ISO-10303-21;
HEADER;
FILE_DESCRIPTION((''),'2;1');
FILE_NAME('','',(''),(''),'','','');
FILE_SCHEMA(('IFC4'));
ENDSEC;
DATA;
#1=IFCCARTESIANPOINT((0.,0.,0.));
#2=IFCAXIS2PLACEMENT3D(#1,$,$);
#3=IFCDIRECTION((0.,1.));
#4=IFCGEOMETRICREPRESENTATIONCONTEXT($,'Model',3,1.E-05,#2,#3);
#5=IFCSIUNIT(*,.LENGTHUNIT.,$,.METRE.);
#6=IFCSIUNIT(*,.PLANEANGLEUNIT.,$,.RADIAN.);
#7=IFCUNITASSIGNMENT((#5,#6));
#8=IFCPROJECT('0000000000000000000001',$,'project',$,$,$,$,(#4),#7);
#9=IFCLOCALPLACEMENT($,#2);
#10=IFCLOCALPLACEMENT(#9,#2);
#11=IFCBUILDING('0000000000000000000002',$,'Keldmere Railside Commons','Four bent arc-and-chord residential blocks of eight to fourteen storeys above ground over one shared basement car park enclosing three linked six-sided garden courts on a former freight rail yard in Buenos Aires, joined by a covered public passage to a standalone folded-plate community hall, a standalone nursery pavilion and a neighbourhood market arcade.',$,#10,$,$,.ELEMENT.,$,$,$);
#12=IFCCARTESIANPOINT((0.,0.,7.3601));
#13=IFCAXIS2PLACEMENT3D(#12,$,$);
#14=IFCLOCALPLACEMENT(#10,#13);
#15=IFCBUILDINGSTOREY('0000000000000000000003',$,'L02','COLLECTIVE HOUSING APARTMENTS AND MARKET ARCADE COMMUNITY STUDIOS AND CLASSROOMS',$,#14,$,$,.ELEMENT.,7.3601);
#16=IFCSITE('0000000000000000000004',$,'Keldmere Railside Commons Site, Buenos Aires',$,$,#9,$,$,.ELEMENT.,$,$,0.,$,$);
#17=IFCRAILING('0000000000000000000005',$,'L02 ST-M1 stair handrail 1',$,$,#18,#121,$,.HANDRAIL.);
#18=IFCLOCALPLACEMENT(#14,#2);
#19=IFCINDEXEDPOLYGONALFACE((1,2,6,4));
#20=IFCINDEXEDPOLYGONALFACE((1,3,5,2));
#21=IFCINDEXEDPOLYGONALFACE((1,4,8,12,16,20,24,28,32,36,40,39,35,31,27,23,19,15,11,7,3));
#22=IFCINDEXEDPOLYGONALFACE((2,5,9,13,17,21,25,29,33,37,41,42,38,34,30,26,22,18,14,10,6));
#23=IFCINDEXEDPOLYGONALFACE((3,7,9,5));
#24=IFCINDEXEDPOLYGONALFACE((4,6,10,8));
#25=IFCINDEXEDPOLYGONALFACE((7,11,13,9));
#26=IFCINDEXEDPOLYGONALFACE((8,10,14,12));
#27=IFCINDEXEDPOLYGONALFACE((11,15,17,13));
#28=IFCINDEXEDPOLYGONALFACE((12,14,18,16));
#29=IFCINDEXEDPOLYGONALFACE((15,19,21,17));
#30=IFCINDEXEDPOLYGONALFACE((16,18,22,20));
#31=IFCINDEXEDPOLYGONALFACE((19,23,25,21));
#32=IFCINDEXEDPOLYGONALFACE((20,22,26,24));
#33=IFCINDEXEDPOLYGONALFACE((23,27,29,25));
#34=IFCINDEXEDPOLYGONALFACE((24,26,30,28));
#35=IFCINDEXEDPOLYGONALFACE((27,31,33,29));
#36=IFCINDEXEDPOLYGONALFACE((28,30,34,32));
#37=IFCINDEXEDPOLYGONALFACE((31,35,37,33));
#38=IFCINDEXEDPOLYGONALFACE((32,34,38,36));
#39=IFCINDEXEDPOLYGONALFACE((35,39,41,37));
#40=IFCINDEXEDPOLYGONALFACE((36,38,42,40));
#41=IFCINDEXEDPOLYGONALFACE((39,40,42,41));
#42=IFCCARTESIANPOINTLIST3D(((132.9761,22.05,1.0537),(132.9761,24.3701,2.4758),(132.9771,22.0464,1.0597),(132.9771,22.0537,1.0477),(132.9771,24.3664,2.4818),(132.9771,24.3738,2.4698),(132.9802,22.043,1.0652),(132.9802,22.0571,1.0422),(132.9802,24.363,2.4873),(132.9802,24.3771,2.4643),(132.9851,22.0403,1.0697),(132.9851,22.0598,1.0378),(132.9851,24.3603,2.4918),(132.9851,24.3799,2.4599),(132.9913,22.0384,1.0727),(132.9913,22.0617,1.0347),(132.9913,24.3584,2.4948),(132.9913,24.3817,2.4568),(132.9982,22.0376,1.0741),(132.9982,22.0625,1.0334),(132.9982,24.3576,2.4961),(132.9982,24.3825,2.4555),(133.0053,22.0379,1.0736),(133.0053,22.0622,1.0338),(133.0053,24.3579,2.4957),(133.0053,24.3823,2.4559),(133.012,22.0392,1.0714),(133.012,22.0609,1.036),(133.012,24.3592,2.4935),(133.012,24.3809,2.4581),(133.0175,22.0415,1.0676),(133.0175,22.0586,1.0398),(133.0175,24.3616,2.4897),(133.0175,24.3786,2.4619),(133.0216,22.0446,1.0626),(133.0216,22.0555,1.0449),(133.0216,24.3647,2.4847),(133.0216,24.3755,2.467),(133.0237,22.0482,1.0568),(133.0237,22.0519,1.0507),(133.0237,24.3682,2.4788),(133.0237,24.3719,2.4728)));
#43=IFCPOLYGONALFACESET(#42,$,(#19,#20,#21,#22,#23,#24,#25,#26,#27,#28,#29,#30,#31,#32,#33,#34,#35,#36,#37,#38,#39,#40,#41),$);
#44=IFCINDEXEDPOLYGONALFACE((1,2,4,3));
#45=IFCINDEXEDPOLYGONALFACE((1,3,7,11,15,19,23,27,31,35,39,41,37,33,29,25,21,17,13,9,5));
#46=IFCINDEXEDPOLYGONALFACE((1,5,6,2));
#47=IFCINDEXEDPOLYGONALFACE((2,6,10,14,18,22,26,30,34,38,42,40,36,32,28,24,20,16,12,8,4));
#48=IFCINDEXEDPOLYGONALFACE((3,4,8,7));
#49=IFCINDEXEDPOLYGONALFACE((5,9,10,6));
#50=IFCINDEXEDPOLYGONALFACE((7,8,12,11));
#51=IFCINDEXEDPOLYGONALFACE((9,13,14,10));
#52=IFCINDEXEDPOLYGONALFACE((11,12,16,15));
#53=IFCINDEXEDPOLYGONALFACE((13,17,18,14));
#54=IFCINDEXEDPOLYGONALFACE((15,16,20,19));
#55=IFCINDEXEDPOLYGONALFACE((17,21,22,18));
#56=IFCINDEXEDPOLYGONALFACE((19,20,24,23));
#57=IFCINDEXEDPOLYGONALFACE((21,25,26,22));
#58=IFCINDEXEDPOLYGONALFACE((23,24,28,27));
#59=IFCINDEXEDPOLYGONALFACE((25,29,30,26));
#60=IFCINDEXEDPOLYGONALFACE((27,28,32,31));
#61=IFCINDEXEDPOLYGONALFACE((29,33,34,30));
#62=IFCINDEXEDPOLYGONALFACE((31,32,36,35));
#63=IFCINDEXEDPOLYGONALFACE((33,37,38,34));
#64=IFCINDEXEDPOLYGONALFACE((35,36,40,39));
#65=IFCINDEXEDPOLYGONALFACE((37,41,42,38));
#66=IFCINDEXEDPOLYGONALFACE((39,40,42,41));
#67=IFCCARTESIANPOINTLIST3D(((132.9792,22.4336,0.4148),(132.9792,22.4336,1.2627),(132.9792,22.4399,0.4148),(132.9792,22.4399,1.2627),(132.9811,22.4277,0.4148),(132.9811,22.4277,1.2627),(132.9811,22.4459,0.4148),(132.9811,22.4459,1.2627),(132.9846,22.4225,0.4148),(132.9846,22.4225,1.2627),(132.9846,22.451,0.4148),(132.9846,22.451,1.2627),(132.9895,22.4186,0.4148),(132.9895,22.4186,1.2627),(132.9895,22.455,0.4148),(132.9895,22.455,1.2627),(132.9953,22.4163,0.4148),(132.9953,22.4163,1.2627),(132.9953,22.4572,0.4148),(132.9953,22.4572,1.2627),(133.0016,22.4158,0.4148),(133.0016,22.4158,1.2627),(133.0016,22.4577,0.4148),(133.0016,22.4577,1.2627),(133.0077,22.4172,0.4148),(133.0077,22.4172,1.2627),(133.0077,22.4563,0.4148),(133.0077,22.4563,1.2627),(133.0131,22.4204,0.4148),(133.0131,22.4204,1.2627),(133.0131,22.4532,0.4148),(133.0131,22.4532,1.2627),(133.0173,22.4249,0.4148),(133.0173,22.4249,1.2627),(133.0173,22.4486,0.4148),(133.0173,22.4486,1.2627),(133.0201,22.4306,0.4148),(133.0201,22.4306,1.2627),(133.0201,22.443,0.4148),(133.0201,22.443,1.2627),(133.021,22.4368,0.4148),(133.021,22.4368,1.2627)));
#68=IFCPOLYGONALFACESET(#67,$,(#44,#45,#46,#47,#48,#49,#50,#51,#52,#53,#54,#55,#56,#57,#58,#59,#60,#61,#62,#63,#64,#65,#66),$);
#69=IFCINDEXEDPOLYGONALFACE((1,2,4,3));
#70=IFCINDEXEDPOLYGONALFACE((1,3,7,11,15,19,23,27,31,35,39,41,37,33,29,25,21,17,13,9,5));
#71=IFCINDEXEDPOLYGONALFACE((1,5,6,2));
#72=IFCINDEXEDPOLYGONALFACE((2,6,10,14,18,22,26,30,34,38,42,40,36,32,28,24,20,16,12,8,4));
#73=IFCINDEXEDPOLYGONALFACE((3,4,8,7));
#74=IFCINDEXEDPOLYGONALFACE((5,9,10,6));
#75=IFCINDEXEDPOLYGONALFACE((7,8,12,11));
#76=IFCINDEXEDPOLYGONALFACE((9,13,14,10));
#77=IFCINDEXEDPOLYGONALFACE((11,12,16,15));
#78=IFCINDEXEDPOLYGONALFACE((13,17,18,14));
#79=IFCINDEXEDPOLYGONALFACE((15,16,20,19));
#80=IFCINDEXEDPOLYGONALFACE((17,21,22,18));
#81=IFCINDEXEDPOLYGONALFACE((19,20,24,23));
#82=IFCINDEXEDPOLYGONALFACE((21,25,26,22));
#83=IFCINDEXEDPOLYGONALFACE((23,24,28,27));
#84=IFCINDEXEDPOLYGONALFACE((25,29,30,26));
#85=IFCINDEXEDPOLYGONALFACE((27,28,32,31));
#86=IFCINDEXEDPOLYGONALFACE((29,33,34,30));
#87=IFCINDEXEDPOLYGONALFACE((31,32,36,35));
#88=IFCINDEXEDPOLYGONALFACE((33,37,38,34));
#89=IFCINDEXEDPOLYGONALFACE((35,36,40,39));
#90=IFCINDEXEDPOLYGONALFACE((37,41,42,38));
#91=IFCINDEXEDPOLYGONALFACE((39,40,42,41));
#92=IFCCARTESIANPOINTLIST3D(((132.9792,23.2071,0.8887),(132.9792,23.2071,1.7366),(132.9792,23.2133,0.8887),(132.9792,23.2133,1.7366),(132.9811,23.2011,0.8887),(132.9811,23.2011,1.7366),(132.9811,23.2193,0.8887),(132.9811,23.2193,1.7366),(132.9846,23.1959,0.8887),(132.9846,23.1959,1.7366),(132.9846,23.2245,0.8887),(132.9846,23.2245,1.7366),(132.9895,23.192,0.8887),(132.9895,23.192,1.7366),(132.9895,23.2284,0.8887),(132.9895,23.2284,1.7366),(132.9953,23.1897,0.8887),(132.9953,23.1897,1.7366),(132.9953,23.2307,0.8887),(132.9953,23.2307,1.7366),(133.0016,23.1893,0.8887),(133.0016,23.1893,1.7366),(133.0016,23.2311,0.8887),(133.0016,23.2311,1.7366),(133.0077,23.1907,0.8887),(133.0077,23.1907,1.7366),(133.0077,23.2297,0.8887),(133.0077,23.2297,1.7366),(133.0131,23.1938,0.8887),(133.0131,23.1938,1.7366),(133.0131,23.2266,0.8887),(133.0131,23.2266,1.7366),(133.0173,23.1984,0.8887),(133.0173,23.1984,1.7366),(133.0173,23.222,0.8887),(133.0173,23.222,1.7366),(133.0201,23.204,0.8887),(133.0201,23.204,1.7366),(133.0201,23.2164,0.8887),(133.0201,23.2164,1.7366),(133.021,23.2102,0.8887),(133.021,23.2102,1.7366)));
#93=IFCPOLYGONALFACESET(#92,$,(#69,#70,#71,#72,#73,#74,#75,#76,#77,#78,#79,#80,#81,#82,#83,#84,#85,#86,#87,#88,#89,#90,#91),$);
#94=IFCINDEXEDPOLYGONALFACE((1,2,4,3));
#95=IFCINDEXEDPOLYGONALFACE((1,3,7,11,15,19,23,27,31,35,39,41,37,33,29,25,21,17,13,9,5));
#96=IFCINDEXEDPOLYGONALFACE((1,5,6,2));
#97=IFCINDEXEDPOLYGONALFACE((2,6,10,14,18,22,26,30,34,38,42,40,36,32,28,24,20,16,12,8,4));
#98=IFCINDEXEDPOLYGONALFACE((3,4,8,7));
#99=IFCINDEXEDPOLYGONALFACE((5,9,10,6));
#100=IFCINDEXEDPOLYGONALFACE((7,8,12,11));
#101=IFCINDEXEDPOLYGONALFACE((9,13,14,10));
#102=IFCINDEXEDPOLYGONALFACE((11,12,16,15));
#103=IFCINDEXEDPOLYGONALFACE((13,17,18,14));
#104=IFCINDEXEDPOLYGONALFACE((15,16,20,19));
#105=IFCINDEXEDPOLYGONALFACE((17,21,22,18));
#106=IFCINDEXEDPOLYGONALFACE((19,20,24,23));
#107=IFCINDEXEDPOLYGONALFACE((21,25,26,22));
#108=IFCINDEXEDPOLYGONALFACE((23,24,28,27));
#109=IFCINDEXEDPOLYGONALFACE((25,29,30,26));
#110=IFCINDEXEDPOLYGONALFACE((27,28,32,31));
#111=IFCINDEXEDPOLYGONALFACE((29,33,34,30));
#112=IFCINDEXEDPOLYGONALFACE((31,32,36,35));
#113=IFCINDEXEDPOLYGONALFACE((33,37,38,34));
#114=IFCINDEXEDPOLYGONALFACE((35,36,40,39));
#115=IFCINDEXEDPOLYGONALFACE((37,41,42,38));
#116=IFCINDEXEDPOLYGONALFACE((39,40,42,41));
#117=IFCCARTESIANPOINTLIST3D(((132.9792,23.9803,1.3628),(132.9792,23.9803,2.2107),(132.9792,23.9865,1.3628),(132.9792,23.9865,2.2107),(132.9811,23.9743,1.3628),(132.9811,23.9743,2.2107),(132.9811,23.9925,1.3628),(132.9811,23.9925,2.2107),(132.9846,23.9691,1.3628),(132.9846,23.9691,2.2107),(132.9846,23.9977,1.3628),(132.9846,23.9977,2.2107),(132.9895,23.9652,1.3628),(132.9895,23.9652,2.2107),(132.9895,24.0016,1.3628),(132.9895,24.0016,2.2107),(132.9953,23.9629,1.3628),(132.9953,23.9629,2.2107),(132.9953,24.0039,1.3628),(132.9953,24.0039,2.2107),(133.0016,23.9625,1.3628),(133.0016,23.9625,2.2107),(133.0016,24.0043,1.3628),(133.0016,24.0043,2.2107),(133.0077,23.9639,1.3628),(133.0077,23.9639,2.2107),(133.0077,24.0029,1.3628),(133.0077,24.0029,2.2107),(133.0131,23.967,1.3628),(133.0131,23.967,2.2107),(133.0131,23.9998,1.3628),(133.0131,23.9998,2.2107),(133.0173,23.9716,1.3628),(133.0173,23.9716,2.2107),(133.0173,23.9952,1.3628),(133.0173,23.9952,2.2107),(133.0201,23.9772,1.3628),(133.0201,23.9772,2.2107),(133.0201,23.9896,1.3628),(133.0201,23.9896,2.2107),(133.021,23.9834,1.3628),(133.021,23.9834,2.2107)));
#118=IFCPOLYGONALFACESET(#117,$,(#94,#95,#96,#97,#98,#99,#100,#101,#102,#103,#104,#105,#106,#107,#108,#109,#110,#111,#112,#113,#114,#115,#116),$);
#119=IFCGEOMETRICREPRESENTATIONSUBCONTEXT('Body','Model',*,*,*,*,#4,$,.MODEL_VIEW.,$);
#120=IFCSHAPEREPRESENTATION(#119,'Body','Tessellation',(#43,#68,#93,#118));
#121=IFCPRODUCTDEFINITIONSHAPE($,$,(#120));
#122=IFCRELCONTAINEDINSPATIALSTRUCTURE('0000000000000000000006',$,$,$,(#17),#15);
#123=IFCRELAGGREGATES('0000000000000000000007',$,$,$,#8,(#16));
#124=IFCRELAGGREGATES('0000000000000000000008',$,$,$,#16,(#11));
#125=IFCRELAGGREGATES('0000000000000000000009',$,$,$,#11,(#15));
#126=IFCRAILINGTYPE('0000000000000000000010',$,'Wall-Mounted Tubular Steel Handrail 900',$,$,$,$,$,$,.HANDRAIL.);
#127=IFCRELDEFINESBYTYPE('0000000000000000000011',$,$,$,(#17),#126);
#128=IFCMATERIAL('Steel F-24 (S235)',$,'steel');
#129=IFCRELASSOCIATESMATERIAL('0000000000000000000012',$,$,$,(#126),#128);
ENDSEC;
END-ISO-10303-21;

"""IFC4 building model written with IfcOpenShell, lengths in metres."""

from ifc_helpers import new_model, si_unit, direction, frame, origin, origin_2d, place, context, subcontext, project, spatial, circle, extrude, material, type_object, element, save


model = new_model("IFC4")

# Units and contexts
model_context = context("Model", 3, precision=1e-05, world=origin(), true_north=direction((0.0, 1.0)))
body_context = subcontext(model_context, "Body", "Model", "MODEL_VIEW")
ifc_project = project(units=[si_unit("LENGTHUNIT", "METRE"), si_unit("PLANEANGLEUNIT", "RADIAN")], contexts=[model_context])

# Site, building, storey
site_placement = place(None, origin())
site = spatial("IfcSite", under=ifc_project, at=site_placement, Name="Keldmere Railside Commons Site, Buenos Aires", CompositionType="ELEMENT", RefElevation=0.0)
building_placement = place(site_placement, origin())
building = spatial("IfcBuilding", under=site, at=building_placement, Name="Keldmere Railside Commons", Description="Four bent arc-and-chord residential blocks of eight to fourteen storeys above ground over one shared basement car park enclosing three linked six-sided garden courts on a former freight rail yard in Buenos Aires, joined by a covered public passage to a standalone folded-plate community hall, a standalone nursery pavilion and a neighbourhood market arcade.", CompositionType="ELEMENT")
storey_placement = place(building_placement, frame((0.0, 0.0, 7.3601)))
storey = spatial("IfcBuildingStorey", under=building, at=storey_placement, Name="L02", Description="COLLECTIVE HOUSING APARTMENTS AND MARKET ARCADE COMMUNITY STUDIOS AND CLASSROOMS", CompositionType="ELEMENT", Elevation=7.3601)

# Shared definitions
ifc_material_1 = material(Name="Steel F-24 (S235)", Category="steel")

# Railing
railing_type_1 = type_object("IfcRailingType", Name="Wall-Mounted Tubular Steel Handrail 900", PredefinedType="HANDRAIL", material=ifc_material_1)
railing_1_placement = place(storey_placement, frame((133.0, 22.05, 0.1777)))
element("IfcRailing", 1, at=railing_1_placement, inside=storey, type_object=railing_type_1, Name="L02 ST-M1 stair handrail 1", PredefinedType="HANDRAIL", context=body_context, shape_type="SweptSolid", body=[
    extrude(circle(Radius=0.0239, at=origin_2d()), frame((0.0, 0.0, 0.876), z_axis=(0.0, 0.852578, 0.5226), x_axis=(-1.0, 0.0, 0.0)), (0.0, 0.0, 1.0), 2.7212),
    extrude(circle(Radius=0.021, at=origin_2d()), frame((0.0, 0.3867, 0.2371)), (0.0, 0.0, 1.0), 0.8479),
    extrude(circle(Radius=0.021, at=origin_2d()), frame((0.0, 1.1602, 0.7109)), (0.0, 0.0, 1.0), 0.8479),
    extrude(circle(Radius=0.021, at=origin_2d()), frame((0.0, 1.9333, 1.1851)), (0.0, 0.0, 1.0), 0.8479),
])

save(model, "model.ifc")
